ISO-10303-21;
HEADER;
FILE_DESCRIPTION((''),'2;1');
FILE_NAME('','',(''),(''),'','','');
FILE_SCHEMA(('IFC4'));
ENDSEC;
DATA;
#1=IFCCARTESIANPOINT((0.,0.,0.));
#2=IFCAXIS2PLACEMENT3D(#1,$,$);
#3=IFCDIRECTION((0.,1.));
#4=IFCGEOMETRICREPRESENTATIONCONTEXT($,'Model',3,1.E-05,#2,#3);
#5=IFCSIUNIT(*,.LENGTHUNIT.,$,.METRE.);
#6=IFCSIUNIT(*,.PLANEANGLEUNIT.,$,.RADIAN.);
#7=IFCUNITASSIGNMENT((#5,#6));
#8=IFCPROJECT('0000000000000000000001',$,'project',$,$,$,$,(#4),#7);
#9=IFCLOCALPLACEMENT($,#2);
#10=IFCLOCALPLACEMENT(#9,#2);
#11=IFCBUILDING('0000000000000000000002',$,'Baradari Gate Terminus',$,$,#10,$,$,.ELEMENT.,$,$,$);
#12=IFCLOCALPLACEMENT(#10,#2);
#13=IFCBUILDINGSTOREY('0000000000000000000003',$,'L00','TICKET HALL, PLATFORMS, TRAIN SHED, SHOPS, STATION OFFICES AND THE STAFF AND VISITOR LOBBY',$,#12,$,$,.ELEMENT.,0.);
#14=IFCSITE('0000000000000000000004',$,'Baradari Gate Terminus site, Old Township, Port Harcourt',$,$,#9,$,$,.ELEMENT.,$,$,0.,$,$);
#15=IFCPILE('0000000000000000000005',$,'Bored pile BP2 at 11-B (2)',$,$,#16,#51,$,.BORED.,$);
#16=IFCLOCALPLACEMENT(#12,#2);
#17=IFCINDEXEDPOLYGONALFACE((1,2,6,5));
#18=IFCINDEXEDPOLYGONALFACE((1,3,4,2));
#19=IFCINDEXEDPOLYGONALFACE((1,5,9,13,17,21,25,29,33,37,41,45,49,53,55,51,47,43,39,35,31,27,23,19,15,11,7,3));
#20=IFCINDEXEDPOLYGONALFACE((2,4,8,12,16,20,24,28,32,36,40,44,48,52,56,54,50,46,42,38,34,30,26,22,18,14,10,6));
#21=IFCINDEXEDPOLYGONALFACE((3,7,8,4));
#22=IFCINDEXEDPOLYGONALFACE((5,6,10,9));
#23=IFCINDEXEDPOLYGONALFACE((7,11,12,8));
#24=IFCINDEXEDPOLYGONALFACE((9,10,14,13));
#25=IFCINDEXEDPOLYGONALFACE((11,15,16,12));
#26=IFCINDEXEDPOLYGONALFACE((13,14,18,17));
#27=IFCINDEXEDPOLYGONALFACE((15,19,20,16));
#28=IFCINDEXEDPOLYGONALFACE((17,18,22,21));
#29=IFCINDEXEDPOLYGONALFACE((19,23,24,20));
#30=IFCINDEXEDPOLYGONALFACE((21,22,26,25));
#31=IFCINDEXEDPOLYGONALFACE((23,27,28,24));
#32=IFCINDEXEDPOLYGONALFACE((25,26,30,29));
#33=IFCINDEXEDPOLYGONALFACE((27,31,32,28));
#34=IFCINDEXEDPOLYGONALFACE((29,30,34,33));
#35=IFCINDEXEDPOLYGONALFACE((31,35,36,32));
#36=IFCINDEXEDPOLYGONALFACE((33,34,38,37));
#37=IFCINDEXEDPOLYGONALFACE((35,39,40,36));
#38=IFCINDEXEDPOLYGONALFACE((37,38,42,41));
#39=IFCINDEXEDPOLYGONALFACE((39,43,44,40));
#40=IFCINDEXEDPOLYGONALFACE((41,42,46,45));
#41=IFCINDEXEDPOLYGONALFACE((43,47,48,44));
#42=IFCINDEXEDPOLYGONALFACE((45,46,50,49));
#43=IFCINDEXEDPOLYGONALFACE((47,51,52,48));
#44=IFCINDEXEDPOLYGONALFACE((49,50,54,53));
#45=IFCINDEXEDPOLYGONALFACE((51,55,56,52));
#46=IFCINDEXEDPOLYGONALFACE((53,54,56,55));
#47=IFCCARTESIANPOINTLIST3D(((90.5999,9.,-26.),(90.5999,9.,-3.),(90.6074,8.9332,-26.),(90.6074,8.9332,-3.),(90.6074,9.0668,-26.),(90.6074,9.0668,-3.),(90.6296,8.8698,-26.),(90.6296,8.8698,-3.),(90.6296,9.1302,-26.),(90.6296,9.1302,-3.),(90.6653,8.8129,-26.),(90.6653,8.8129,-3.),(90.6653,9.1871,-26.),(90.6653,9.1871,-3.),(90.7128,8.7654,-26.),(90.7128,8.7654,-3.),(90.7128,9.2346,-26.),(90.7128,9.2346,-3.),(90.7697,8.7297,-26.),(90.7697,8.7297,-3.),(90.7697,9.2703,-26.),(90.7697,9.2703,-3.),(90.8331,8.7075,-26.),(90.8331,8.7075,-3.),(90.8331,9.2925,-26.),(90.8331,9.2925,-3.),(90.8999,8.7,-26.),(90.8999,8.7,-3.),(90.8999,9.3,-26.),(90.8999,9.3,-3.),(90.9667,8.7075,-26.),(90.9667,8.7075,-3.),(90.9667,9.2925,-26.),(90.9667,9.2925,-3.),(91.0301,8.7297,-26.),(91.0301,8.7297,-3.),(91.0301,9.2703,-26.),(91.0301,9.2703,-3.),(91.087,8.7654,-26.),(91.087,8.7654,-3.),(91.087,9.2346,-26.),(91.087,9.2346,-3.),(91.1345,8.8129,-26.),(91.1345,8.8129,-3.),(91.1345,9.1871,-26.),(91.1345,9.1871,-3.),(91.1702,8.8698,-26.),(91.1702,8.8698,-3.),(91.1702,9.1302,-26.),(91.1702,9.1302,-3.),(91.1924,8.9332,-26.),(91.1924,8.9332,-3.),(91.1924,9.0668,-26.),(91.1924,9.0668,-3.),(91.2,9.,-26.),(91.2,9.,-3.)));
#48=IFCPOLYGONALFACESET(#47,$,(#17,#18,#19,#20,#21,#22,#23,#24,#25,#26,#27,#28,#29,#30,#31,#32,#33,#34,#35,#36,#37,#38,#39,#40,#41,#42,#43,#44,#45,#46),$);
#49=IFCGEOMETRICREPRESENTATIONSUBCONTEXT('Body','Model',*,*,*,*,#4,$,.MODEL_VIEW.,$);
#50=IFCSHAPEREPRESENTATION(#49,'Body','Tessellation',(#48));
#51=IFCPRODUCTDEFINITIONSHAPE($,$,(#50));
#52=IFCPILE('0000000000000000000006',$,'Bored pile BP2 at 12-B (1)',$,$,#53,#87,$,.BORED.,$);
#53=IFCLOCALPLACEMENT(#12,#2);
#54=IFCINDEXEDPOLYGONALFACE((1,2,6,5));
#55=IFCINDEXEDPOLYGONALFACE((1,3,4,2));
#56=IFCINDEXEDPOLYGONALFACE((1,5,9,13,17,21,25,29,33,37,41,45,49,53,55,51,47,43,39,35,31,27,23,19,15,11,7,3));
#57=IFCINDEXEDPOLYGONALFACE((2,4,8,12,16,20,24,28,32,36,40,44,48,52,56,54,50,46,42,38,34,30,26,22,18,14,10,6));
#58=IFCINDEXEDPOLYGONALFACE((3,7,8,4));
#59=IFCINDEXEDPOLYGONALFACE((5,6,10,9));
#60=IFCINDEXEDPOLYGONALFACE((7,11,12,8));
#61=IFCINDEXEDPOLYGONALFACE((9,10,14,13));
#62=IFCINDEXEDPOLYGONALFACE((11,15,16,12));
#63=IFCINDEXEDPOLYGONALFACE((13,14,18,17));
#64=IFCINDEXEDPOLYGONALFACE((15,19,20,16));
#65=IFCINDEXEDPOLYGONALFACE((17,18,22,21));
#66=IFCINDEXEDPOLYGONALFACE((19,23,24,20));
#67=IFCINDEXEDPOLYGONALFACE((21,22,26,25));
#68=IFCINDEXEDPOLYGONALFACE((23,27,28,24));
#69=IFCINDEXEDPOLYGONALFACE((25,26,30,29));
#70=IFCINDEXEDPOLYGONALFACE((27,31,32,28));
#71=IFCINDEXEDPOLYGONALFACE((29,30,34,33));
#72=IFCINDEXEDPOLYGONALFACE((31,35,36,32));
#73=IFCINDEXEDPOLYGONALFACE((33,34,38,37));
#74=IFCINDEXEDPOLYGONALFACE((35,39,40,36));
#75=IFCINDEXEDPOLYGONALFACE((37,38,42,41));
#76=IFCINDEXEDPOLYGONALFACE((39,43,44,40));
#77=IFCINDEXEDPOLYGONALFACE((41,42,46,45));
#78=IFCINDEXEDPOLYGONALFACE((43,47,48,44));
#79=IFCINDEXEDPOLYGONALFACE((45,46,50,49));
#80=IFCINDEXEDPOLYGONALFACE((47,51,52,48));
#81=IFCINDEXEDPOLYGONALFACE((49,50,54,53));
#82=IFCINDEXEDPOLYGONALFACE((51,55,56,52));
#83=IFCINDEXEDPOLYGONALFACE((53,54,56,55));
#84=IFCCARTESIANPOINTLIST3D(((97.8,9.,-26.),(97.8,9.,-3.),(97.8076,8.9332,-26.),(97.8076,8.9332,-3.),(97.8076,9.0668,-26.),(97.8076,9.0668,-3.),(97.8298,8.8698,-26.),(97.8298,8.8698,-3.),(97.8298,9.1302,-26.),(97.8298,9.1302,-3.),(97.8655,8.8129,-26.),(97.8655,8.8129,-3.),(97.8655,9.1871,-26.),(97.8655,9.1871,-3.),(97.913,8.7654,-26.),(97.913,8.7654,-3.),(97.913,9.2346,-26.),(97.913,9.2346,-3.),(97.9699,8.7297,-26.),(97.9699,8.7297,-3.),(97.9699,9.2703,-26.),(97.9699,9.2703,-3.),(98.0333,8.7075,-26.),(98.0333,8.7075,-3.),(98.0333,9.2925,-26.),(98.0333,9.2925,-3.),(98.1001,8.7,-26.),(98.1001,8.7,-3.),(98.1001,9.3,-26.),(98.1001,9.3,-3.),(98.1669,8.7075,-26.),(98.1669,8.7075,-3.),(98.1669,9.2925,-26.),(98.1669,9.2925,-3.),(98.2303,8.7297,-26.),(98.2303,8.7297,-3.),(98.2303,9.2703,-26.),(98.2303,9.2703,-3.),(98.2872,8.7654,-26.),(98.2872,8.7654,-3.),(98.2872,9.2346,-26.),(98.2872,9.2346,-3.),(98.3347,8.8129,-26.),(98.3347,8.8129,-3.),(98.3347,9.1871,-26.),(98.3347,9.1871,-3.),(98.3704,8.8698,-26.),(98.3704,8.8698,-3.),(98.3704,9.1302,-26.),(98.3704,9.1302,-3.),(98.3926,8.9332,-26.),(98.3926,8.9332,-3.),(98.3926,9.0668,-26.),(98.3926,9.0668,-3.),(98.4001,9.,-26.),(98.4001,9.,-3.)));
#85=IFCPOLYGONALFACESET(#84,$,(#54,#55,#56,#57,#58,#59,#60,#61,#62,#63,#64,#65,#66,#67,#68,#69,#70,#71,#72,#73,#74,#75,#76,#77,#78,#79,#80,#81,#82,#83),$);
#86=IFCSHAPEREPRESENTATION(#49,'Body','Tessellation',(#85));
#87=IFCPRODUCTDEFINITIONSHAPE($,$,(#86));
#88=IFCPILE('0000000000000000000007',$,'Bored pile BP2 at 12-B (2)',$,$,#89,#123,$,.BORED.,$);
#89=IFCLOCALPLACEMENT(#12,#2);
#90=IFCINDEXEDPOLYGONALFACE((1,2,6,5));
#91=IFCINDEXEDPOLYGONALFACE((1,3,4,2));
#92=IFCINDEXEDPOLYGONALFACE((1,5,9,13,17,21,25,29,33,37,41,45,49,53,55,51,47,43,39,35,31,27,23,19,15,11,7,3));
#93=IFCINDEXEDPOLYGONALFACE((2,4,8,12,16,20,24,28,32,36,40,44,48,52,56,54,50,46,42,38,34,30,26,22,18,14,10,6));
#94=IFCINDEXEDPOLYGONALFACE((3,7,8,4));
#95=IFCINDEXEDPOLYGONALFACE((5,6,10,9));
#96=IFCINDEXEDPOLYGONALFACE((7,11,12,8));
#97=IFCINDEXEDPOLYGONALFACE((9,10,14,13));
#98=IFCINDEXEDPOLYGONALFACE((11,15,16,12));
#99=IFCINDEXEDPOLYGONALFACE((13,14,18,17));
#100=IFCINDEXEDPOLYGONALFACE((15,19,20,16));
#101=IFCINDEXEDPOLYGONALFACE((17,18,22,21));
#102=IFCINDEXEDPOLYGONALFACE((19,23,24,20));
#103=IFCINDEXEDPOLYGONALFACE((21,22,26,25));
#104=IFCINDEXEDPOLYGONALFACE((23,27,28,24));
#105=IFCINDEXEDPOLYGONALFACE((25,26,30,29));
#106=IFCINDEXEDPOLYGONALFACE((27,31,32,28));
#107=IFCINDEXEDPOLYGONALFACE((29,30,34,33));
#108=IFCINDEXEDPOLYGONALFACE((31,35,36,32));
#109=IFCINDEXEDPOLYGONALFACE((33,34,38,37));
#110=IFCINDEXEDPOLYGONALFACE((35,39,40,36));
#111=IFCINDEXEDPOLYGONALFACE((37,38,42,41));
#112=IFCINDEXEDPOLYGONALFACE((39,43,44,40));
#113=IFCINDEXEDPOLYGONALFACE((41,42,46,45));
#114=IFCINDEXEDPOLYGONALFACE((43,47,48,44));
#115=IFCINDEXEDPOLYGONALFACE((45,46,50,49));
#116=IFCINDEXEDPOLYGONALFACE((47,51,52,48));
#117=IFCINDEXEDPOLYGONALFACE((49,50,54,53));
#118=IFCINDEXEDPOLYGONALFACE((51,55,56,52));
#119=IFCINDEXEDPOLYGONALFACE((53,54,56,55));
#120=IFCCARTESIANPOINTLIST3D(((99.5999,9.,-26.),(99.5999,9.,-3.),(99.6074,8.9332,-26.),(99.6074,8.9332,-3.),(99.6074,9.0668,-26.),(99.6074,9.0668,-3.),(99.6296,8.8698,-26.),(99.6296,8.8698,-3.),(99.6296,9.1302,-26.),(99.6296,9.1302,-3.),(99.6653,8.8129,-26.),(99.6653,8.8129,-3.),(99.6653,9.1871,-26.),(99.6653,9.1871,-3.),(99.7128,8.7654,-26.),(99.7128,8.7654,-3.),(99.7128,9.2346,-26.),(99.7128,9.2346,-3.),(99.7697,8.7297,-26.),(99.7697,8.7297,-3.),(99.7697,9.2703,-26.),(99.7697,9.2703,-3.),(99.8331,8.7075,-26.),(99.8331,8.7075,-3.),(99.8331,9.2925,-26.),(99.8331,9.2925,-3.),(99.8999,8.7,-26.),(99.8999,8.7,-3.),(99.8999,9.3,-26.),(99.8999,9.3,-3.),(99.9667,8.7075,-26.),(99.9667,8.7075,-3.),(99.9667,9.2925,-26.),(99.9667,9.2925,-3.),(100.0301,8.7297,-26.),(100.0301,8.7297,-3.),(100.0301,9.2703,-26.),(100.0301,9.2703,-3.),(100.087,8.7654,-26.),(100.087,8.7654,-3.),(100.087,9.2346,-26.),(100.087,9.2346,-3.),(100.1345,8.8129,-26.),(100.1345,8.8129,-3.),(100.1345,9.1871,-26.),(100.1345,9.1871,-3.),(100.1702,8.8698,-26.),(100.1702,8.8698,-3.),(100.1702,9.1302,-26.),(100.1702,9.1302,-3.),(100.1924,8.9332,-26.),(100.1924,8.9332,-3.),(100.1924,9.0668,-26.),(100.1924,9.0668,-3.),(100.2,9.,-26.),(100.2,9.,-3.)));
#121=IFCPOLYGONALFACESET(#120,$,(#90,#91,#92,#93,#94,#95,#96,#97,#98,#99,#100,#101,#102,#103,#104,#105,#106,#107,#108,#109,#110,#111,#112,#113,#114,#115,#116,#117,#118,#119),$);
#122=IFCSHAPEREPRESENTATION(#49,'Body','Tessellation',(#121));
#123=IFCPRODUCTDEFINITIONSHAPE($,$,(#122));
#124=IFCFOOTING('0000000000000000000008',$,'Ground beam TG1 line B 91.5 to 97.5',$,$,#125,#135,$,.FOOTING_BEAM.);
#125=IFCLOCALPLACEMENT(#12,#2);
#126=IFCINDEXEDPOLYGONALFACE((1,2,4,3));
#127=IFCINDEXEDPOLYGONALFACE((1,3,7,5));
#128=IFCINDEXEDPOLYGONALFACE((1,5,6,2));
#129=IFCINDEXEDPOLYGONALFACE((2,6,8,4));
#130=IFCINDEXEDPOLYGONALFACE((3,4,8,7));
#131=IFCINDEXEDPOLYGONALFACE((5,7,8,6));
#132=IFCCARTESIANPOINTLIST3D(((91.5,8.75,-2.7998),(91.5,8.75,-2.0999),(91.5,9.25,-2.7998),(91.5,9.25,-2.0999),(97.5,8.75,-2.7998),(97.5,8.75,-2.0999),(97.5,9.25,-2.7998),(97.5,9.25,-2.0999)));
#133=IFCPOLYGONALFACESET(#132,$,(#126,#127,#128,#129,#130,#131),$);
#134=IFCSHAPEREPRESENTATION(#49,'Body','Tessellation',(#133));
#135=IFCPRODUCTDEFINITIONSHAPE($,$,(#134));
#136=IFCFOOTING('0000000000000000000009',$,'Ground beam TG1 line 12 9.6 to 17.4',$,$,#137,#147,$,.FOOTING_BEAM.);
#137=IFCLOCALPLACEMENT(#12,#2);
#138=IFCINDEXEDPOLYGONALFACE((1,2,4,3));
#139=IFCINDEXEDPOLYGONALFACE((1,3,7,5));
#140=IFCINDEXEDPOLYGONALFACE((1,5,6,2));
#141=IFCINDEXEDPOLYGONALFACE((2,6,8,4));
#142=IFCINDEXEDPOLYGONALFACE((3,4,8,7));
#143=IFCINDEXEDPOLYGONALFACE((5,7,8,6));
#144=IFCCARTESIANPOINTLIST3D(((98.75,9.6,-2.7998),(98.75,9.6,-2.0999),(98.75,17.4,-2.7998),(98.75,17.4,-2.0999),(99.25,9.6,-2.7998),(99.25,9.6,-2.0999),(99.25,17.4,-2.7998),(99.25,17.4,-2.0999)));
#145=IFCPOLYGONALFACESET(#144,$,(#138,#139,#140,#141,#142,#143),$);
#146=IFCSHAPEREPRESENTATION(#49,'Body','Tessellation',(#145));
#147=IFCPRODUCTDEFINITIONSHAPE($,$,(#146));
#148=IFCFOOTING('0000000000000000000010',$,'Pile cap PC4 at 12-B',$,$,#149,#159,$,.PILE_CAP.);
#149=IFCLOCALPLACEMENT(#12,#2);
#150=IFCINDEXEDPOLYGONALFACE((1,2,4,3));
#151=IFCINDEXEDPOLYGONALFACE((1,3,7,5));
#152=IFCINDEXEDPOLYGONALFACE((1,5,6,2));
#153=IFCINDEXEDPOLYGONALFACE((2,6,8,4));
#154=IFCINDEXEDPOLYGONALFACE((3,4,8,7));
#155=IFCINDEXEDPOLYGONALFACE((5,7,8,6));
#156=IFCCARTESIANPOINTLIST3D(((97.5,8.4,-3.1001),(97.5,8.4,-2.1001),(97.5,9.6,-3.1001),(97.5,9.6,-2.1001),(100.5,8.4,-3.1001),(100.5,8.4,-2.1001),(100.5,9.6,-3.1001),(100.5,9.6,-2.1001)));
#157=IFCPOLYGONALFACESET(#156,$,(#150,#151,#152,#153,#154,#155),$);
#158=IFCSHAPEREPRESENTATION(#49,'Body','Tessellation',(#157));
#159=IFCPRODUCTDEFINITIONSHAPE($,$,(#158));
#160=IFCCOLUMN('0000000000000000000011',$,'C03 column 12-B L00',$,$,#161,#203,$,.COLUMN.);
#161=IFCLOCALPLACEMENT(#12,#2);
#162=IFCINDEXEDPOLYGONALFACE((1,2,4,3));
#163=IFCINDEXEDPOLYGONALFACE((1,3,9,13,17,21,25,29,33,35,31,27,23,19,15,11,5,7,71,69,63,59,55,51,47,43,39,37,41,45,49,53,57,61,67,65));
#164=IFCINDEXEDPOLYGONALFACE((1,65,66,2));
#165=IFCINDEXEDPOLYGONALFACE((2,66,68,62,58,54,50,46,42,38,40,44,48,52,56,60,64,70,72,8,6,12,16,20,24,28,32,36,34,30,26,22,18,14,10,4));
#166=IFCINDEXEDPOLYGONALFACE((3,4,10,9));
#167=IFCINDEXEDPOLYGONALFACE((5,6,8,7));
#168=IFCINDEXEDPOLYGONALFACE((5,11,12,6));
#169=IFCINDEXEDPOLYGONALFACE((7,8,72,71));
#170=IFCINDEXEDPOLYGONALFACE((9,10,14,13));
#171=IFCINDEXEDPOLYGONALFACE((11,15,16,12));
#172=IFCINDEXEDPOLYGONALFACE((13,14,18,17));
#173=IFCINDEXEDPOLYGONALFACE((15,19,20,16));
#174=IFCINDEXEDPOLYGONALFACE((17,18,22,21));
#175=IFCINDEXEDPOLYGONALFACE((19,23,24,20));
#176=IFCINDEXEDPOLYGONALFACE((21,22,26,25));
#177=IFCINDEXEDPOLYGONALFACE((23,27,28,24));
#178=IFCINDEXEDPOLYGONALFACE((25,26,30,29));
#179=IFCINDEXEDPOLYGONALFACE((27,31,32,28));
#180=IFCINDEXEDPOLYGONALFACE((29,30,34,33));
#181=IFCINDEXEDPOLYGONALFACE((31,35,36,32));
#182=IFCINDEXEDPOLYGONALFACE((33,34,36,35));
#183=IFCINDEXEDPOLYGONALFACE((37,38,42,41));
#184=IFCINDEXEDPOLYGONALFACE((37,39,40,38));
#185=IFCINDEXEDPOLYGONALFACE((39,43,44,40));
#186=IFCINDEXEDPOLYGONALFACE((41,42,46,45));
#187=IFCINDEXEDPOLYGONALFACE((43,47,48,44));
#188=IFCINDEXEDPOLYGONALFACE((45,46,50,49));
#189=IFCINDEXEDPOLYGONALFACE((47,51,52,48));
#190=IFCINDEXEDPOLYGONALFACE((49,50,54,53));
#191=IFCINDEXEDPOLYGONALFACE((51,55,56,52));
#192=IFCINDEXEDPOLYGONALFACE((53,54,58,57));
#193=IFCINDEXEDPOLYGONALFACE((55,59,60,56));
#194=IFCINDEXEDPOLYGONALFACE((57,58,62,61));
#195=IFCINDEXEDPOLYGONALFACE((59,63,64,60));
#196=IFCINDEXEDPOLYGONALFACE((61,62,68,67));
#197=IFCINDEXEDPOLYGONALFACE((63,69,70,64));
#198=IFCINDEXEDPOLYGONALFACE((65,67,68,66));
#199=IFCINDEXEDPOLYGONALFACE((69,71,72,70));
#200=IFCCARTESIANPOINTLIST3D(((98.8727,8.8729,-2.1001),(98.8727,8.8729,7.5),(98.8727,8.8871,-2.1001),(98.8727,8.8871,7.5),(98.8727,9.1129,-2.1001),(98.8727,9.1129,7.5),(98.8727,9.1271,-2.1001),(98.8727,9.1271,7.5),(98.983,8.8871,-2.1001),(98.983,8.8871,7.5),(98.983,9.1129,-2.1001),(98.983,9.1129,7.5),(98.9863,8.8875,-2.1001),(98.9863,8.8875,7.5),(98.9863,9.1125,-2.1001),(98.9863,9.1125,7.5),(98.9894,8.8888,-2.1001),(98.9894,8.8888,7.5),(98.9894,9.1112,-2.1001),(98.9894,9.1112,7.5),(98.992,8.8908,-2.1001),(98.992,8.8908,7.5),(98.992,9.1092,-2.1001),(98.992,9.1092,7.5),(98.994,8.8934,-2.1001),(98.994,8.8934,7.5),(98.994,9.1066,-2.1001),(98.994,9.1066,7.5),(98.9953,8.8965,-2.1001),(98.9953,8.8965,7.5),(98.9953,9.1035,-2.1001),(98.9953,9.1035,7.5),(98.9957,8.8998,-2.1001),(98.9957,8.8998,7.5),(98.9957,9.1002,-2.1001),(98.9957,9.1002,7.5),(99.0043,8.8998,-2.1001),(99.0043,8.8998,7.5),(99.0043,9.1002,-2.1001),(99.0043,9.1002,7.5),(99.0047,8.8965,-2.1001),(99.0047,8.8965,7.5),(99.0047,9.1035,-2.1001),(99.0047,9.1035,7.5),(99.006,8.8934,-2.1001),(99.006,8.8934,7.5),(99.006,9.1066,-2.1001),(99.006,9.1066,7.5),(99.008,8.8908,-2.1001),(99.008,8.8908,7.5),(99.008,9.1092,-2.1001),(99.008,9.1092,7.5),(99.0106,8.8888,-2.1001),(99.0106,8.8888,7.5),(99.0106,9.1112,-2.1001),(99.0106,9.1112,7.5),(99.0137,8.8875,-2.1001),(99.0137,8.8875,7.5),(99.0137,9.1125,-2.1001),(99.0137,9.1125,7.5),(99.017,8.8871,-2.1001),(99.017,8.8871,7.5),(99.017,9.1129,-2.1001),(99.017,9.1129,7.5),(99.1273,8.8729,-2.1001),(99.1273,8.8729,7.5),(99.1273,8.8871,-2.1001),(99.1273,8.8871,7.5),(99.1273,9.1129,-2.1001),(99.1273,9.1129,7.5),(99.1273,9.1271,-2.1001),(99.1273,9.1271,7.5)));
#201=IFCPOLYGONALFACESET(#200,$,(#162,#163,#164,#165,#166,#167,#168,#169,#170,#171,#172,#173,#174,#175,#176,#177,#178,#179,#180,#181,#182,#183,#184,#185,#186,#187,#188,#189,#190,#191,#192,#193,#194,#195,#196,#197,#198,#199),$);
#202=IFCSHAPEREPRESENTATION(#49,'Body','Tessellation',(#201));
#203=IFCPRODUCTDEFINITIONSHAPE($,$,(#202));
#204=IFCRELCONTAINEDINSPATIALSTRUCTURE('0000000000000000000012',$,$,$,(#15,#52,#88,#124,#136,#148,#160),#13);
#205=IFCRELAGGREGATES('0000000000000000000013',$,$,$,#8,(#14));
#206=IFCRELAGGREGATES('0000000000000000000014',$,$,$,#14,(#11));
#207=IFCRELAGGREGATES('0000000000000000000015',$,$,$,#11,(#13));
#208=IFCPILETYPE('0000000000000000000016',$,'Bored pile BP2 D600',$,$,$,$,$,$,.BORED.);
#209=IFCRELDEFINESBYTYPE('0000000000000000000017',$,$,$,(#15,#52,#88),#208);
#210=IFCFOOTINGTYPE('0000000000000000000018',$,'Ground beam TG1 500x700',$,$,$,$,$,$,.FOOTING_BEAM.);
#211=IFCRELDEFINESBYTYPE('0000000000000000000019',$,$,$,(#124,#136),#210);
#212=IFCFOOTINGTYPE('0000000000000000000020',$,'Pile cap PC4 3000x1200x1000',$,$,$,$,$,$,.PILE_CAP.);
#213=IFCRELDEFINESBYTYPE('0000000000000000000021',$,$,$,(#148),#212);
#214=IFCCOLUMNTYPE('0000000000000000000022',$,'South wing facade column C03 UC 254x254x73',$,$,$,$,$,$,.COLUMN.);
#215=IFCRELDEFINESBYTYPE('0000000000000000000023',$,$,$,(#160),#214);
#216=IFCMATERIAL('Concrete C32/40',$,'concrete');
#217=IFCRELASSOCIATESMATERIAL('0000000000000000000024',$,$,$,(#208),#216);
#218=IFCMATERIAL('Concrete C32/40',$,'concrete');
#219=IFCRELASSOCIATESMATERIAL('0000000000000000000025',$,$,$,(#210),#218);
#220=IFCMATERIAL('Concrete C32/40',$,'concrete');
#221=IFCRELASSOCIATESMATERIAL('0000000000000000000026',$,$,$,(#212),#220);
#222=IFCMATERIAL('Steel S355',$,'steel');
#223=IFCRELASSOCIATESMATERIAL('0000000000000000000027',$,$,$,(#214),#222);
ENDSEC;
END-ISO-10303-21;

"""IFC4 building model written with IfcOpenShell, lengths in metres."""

from ifc_helpers import new_model, si_unit, direction, frame, origin, origin_2d, place, context, subcontext, project, spatial, rectangle, circle, i_section, extrude, material, material_profile, profile_set, type_object, element, save


model = new_model("IFC4")

# Units and contexts
model_context = context("Model", 3, precision=1e-05, world=origin(), true_north=direction((0.0, 1.0)))
body_context = subcontext(model_context, "Body", "Model", "MODEL_VIEW")
ifc_project = project(units=[si_unit("LENGTHUNIT", "METRE"), si_unit("PLANEANGLEUNIT", "RADIAN")], contexts=[model_context])

# Site, building, storey
site_placement = place(None, origin())
site = spatial("IfcSite", under=ifc_project, at=site_placement, Name="Baradari Gate Terminus site, Old Township, Port Harcourt", CompositionType="ELEMENT", RefElevation=0.0)
building_placement = place(site_placement, origin())
building = spatial("IfcBuilding", under=site, at=building_placement, Name="Baradari Gate Terminus", CompositionType="ELEMENT")
storey_placement = place(building_placement, origin())
storey = spatial("IfcBuildingStorey", under=building, at=storey_placement, Name="L00", Description="TICKET HALL, PLATFORMS, TRAIN SHED, SHOPS, STATION OFFICES AND THE STAFF AND VISITOR LOBBY", CompositionType="ELEMENT", Elevation=0.0)

# Piles
ifc_material_1 = material(Name="Concrete C32/40", Category="concrete")
pile_type = type_object("IfcPileType", Name="Bored pile BP2 D600", PredefinedType="BORED", material=ifc_material_1)
for number, where, z_axis, x_axis, name in (
    (1, (90.8999, 9.0, -3.0), (0.0, 0.0, -1.0), (1.0, 0.0, 0.0), "Bored pile BP2 at 11-B (2)"),
    (2, (98.1001, 9.0, -3.0), (0.0, 0.0, -1.0), (1.0, 0.0, 0.0), "Bored pile BP2 at 12-B (1)"),
    (3, (99.8999, 9.0, -3.0), (0.0, 0.0, -1.0), (1.0, 0.0, 0.0), "Bored pile BP2 at 12-B (2)"),
):
    element("IfcPile", number, at=place(storey_placement, frame(where, z_axis=z_axis, x_axis=x_axis)), inside=storey, type_object=pile_type, Name=name, PredefinedType="BORED", context=body_context, shape_type="SweptSolid", body=[
        extrude(circle(Radius=0.3, at=origin_2d()), origin(), (0.0, 0.0, 1.0), 23.0),
    ])

# Footings
ifc_material_2 = material(Name="Concrete C32/40", Category="concrete")
footing_type_1 = type_object("IfcFootingType", Name="Ground beam TG1 500x700", PredefinedType="FOOTING_BEAM", material=ifc_material_2)
footing_1_placement = place(storey_placement, frame((94.5, 9.0, -2.7998), z_axis=(0.0, 0.0, 1.0), x_axis=(1.0, 0.0, 0.0)))
element("IfcFooting", 4, at=footing_1_placement, inside=storey, type_object=footing_type_1, Name="Ground beam TG1 line B 91.5 to 97.5", PredefinedType="FOOTING_BEAM", context=body_context, shape_type="SweptSolid", body=[
    extrude(rectangle(XDim=6.0, YDim=0.5, at=origin_2d()), origin(), (0.0, 0.0, 1.0), 0.7),
])
footing_2_placement = place(storey_placement, frame((99.0, 13.5, -2.7998), z_axis=(0.0, 0.0, 1.0), x_axis=(1.0, 0.0, 0.0)))
element("IfcFooting", 5, at=footing_2_placement, inside=storey, type_object=footing_type_1, Name="Ground beam TG1 line 12 9.6 to 17.4", PredefinedType="FOOTING_BEAM", context=body_context, shape_type="SweptSolid", body=[
    extrude(rectangle(XDim=0.5, YDim=7.8, at=origin_2d()), origin(), (0.0, 0.0, 1.0), 0.7),
])
ifc_material_3 = material(Name="Concrete C32/40", Category="concrete")
footing_type_2 = type_object("IfcFootingType", Name="Pile cap PC4 3000x1200x1000", PredefinedType="PILE_CAP", material=ifc_material_3)
footing_3_placement = place(storey_placement, frame((99.0, 9.0, -3.1001), z_axis=(0.0, 0.0, 1.0), x_axis=(1.0, 0.0, 0.0)))
element("IfcFooting", 6, at=footing_3_placement, inside=storey, type_object=footing_type_2, Name="Pile cap PC4 at 12-B", PredefinedType="PILE_CAP", context=body_context, shape_type="SweptSolid", body=[
    extrude(rectangle(XDim=3.0, YDim=1.2, at=origin_2d()), origin(), (0.0, 0.0, 1.0), 1.0),
])

# Column
ifc_material_4 = material(Name="Steel S355", Category="steel")
ifc_material_profile = material_profile(ifc_material_4, i_section(OverallWidth=0.2546, OverallDepth=0.2542, WebThickness=0.0085, FlangeThickness=0.0142, FilletRadius=0.0127, at=origin_2d()), Name="UC 254x254x73")
ifc_profile_set = profile_set([ifc_material_profile], Name="Steel S355")
column_type = type_object("IfcColumnType", Name="South wing facade column C03 UC 254x254x73", PredefinedType="COLUMN", material=ifc_profile_set)
column_placement = place(storey_placement, frame((99.0, 9.0, -2.1001), z_axis=(0.0, 0.0, 1.0), x_axis=(1.0, 0.0, 0.0)))
element("IfcColumn", 7, at=column_placement, inside=storey, type_object=column_type, Name="C03 column 12-B L00", PredefinedType="COLUMN", context=body_context, shape_type="SweptSolid", body=[
    extrude(i_section(OverallWidth=0.2546, OverallDepth=0.2542, WebThickness=0.0085, FlangeThickness=0.0142, FilletRadius=0.0127, at=origin_2d()), origin(), (0.0, 0.0, 1.0), 9.6001),
])

save(model, "model.ifc")
